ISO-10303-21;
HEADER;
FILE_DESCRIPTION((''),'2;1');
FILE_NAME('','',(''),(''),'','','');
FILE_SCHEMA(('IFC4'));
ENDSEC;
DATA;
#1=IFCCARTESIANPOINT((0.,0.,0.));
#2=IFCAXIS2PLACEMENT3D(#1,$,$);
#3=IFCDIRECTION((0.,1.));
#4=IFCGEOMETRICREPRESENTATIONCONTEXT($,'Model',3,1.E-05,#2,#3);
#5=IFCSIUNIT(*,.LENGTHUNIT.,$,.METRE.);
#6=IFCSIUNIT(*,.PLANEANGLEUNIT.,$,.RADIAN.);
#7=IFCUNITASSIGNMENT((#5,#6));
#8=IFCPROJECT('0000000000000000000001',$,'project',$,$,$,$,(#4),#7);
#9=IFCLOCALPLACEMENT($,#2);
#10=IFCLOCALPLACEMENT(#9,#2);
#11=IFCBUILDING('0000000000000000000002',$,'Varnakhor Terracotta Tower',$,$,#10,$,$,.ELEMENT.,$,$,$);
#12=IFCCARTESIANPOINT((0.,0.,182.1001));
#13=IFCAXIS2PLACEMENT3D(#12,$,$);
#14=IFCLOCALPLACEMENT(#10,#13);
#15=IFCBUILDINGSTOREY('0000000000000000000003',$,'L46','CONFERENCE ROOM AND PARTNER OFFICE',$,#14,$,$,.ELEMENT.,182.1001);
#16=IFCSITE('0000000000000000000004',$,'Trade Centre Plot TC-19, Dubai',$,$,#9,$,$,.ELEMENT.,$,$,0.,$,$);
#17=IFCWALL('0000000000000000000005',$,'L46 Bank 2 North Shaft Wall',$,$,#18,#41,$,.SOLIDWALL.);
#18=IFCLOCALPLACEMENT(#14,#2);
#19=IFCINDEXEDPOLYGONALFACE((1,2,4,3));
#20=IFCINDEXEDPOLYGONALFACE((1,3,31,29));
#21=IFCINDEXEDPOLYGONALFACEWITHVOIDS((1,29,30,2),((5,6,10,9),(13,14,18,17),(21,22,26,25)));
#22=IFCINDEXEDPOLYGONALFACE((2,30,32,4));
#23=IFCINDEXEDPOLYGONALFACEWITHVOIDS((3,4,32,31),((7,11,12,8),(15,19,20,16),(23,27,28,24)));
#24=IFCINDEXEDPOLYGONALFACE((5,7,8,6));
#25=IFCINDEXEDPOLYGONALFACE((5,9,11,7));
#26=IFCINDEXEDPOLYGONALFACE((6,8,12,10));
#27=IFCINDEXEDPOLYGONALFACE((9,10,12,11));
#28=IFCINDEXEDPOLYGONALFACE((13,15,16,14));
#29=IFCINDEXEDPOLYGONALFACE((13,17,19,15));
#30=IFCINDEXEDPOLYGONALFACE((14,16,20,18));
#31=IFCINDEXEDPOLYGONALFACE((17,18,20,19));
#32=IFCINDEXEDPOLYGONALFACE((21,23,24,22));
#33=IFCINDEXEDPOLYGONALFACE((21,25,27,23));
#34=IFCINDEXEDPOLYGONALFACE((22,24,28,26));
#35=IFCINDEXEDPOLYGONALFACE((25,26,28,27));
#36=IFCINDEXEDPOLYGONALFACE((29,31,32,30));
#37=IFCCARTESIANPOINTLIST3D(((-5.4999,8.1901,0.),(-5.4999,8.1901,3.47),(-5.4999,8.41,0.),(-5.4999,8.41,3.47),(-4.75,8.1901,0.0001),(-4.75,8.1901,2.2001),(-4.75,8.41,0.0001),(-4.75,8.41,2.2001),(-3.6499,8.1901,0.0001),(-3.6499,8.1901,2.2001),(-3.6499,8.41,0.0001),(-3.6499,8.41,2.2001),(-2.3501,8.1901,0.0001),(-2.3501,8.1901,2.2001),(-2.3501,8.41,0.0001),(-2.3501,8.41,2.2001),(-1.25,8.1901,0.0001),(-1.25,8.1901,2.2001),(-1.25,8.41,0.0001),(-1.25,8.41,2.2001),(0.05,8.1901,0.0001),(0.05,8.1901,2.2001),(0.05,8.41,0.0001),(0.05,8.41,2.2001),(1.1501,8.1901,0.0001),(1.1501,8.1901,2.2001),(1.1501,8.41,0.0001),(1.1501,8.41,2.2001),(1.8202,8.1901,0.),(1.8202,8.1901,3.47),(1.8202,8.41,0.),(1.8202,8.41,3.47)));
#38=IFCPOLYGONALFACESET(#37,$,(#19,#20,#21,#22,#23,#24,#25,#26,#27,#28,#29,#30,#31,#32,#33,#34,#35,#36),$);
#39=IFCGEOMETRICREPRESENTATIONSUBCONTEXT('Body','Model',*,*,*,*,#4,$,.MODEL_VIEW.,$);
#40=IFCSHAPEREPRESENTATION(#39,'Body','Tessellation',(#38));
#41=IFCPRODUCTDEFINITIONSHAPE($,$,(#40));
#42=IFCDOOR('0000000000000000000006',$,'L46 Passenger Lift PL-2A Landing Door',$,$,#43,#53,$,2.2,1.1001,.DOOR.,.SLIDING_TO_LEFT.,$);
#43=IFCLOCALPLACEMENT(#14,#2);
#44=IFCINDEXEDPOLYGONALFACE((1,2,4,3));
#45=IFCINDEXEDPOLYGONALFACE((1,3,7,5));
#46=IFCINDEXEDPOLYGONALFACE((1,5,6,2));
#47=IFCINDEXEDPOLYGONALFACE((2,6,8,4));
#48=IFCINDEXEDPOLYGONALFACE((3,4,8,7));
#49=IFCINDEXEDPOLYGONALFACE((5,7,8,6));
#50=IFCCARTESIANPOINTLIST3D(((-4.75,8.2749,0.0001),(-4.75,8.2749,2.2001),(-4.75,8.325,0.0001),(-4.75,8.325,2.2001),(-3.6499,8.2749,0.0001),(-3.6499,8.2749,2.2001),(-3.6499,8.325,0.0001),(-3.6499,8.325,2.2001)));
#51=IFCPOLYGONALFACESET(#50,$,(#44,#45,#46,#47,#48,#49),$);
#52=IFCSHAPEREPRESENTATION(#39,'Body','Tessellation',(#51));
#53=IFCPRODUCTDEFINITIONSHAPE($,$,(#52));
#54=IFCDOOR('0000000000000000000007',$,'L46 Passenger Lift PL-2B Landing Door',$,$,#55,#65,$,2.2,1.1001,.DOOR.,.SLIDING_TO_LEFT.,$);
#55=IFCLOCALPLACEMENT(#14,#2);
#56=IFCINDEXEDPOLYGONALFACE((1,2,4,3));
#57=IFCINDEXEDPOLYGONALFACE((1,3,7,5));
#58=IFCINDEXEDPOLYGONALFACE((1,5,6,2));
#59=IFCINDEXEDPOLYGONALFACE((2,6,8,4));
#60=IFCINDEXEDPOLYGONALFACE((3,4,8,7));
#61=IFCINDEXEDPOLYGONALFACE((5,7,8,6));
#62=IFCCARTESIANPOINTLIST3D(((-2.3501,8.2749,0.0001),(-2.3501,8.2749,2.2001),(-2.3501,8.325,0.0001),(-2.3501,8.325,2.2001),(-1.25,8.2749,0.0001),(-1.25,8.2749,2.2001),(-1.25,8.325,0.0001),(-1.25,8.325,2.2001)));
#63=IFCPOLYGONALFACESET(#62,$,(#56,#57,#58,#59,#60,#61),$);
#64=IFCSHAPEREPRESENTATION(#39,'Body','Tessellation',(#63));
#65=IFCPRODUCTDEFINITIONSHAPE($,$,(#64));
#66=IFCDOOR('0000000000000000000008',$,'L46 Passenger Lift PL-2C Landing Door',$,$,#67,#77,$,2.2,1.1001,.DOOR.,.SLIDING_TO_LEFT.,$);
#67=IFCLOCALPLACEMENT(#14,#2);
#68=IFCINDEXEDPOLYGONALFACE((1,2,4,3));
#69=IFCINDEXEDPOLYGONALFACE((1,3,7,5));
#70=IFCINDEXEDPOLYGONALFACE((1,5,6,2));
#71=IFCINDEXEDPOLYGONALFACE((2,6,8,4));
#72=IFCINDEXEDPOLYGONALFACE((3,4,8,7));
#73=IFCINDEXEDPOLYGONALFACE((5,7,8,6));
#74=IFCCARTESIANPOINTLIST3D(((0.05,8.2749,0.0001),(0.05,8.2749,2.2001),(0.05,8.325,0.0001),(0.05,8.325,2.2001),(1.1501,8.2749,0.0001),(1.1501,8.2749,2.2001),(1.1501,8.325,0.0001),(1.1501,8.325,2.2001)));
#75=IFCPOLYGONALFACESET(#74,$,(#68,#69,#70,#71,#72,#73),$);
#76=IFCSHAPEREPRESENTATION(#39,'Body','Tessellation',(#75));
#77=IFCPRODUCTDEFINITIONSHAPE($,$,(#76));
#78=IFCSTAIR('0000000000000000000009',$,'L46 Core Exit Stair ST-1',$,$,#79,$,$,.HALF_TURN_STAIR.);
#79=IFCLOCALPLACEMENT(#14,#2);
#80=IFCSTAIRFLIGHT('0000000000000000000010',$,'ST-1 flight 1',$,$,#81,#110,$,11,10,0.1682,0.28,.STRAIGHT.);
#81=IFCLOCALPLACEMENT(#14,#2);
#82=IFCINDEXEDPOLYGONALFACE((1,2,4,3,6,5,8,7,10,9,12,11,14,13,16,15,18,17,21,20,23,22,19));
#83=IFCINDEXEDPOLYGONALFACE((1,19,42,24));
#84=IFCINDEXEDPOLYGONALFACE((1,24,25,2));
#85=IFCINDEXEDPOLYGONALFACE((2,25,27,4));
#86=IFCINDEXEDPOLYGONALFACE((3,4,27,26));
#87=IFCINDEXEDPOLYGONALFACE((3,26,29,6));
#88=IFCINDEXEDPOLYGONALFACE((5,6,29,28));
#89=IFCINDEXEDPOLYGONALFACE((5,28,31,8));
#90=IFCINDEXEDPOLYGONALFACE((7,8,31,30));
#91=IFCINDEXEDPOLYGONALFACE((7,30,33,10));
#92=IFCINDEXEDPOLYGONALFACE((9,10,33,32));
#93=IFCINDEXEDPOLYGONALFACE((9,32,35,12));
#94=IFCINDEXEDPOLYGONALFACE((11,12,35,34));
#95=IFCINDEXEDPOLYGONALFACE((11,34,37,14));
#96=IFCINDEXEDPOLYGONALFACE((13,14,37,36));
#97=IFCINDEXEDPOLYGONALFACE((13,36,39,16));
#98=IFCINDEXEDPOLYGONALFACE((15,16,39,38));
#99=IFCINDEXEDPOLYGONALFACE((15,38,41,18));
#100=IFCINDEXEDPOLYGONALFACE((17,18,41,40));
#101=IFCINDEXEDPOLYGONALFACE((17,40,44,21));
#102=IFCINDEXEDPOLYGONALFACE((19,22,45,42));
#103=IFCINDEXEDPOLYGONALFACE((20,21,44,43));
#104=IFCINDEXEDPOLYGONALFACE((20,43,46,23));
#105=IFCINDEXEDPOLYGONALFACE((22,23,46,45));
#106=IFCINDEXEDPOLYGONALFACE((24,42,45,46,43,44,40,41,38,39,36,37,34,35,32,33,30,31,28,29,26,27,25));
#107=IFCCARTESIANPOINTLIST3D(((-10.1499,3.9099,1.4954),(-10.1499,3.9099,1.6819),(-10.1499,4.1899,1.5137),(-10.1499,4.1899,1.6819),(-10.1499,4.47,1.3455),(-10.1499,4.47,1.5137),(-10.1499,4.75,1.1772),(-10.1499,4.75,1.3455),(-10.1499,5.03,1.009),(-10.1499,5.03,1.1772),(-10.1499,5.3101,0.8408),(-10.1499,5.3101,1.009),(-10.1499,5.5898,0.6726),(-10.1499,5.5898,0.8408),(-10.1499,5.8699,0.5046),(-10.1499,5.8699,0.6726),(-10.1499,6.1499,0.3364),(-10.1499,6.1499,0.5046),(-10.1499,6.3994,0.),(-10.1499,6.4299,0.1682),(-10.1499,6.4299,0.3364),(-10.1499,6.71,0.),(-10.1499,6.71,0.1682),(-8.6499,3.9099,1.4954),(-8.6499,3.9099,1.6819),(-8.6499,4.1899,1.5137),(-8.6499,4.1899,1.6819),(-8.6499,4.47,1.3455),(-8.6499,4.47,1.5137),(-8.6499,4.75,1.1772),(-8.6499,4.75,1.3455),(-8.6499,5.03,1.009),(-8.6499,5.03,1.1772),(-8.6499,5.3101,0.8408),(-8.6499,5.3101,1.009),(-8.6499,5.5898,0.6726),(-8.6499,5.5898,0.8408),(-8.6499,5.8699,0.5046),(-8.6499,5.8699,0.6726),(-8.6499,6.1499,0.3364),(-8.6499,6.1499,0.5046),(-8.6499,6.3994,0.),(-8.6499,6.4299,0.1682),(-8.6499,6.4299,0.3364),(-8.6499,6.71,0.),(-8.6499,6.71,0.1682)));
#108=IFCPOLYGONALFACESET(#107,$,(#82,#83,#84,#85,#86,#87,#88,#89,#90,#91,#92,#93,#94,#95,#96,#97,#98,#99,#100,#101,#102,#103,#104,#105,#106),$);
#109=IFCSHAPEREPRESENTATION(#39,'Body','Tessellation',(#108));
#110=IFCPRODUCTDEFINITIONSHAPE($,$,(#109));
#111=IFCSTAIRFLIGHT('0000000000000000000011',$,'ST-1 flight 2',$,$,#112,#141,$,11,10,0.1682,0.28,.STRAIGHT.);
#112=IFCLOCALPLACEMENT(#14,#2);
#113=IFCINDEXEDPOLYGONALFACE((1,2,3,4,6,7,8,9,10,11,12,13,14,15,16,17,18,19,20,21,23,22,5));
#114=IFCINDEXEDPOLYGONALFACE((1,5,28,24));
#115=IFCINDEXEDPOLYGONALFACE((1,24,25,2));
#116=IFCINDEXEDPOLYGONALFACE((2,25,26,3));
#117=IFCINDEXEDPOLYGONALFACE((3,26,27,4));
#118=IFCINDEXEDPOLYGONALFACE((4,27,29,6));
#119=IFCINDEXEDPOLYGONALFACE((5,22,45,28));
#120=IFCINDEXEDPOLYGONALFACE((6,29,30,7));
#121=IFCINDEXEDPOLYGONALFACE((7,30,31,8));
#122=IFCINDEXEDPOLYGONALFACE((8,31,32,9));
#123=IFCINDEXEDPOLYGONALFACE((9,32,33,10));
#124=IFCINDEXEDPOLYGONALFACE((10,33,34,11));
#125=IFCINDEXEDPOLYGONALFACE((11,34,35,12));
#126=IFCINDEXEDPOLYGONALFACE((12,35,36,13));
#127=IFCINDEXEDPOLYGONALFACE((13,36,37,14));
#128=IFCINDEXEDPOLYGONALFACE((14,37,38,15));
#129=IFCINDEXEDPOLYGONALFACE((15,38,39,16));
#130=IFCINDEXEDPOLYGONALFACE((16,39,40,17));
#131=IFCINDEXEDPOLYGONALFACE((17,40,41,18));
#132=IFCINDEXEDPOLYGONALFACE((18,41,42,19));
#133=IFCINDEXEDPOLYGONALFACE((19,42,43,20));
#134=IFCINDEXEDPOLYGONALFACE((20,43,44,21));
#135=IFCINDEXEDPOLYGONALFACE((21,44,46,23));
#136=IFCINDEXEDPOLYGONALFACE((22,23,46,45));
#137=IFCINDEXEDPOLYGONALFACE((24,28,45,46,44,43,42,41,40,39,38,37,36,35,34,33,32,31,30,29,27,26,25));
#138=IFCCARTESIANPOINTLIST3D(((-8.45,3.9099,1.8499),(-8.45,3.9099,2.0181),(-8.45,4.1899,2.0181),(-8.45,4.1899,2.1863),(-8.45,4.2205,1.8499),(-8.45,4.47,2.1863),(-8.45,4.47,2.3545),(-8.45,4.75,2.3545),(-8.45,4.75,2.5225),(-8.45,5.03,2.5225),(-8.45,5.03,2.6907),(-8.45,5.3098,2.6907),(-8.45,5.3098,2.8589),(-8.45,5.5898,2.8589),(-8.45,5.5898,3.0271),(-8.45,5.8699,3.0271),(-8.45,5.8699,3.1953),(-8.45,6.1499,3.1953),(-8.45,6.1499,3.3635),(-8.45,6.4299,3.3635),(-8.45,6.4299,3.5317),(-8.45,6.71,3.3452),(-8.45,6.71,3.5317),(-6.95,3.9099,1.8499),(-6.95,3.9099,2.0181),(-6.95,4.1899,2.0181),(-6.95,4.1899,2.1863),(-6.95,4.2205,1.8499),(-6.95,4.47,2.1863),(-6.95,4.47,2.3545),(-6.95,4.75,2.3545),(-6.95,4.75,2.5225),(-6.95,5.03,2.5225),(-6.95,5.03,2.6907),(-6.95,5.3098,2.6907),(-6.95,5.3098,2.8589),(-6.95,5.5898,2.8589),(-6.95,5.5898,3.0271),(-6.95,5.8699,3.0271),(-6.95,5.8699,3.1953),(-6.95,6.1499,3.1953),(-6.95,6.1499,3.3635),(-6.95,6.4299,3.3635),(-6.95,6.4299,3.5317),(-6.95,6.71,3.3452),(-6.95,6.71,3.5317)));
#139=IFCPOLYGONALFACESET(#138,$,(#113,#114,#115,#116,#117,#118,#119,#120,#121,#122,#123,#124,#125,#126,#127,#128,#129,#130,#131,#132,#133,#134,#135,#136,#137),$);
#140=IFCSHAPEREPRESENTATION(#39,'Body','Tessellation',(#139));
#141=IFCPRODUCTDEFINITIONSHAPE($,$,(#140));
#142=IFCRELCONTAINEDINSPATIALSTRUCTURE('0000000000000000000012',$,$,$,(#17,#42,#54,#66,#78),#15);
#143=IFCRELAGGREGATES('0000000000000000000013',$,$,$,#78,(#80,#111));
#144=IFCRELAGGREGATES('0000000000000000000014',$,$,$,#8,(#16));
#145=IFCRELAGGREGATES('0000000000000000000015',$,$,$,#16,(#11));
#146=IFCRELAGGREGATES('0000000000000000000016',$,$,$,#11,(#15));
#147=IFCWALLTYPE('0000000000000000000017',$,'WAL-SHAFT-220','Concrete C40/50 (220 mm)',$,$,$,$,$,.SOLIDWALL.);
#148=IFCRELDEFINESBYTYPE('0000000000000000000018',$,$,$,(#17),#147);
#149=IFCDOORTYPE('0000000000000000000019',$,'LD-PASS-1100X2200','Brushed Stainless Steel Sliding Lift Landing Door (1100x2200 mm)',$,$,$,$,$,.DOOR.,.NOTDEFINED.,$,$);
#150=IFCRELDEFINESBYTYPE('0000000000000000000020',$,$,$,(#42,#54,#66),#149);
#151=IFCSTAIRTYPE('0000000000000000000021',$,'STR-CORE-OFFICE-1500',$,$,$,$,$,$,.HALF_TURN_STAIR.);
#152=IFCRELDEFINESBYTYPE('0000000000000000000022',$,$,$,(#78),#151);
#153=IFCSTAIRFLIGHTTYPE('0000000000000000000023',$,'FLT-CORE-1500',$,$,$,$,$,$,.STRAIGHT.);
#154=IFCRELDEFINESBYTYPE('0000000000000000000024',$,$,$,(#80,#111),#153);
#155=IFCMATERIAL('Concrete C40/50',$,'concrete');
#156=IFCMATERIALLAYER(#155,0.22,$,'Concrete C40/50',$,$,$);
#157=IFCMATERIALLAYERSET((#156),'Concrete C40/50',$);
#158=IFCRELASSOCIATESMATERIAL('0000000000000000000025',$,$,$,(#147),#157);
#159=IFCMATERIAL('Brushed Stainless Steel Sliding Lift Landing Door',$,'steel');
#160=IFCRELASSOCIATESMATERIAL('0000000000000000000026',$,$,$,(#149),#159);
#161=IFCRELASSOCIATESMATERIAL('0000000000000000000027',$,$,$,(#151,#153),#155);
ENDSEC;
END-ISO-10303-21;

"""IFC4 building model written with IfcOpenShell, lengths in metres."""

from ifc_helpers import new_model, si_unit, direction, frame, frame_2d, origin, place, context, subcontext, project, spatial, polyline, rectangle, outline, extrude, source, transform, mapped, material, layer, layer_set, type_object, type_shapes, element, fill, aggregate, save


model = new_model("IFC4")

# Units and contexts
model_context = context("Model", 3, precision=1e-05, world=origin(), true_north=direction((0.0, 1.0)))
body_context = subcontext(model_context, "Body", "Model", "MODEL_VIEW")
ifc_project = project(units=[si_unit("LENGTHUNIT", "METRE"), si_unit("PLANEANGLEUNIT", "RADIAN")], contexts=[model_context])

# Site, building, storey
site_placement = place(None, origin())
site = spatial("IfcSite", under=ifc_project, at=site_placement, Name="Trade Centre Plot TC-19, Dubai", CompositionType="ELEMENT", RefElevation=0.0)
building_placement = place(site_placement, origin())
building = spatial("IfcBuilding", under=site, at=building_placement, Name="Varnakhor Terracotta Tower", CompositionType="ELEMENT")
storey_placement = place(building_placement, frame((0.0, 0.0, 182.1001)))
storey = spatial("IfcBuildingStorey", under=building, at=storey_placement, Name="L46", Description="CONFERENCE ROOM AND PARTNER OFFICE", CompositionType="ELEMENT", Elevation=182.1001)

# Shared definitions
ifc_material_1 = material(Name="Concrete C40/50", Category="concrete")

# Shared definitions
ifc_layer_1 = layer(ifc_material_1, 0.22, Name="Concrete C40/50")
ifc_layer_set_1 = layer_set([ifc_layer_1], Name="Concrete C40/50")
wall_type_1 = type_object("IfcWallType", Name="WAL-SHAFT-220", Description="Concrete C40/50 (220 mm)", PredefinedType="SOLIDWALL", material=ifc_layer_set_1)

# Wall, openings, doors
wall_1_placement = place(storey_placement, frame((-5.5, 8.3, 0.0), z_axis=(0.0, 0.0, 1.0), x_axis=(1.0, 0.0, 0.0)))
wall_1 = element("IfcWall", 1, at=wall_1_placement, inside=storey, type_object=wall_type_1, Name="L46 Bank 2 North Shaft Wall", PredefinedType="SOLIDWALL", context=body_context, shape_type="SweptSolid", body=[
    extrude(rectangle(XDim=7.3201, YDim=0.22, at=frame_2d((3.6602, 0.0))), origin(), (0.0, 0.0, 1.0), 3.47),
])
opening_1_placement = place(wall_1_placement, frame((0.75, 0.0, 0.0)))
opening_1 = element("IfcOpeningElement", 2, at=opening_1_placement, cuts=wall_1, PredefinedType="OPENING", context=body_context, shape_type="SweptSolid", body=[
    extrude(rectangle(XDim=1.1001, YDim=2.2, at=frame_2d((0.55, 1.1001))), frame((0.0, 0.1201, 0.0), z_axis=(0.0, -1.0, 0.0), x_axis=(1.0, 0.0, 0.0)), (0.0, 0.0, 1.0), 0.24),
])
opening_2_placement = place(wall_1_placement, frame((3.1499, 0.0, 0.0)))
opening_2 = element("IfcOpeningElement", 3, at=opening_2_placement, cuts=wall_1, PredefinedType="OPENING", context=body_context, shape_type="SweptSolid", body=[
    extrude(rectangle(XDim=1.1001, YDim=2.2, at=frame_2d((0.55, 1.1001))), frame((0.0, 0.1201, 0.0), z_axis=(0.0, -1.0, 0.0), x_axis=(1.0, 0.0, 0.0)), (0.0, 0.0, 1.0), 0.24),
])
opening_3_placement = place(wall_1_placement, frame((5.55, 0.0, 0.0)))
opening_3 = element("IfcOpeningElement", 4, at=opening_3_placement, cuts=wall_1, PredefinedType="OPENING", context=body_context, shape_type="SweptSolid", body=[
    extrude(rectangle(XDim=1.1001, YDim=2.2, at=frame_2d((0.55, 1.1001))), frame((0.0, 0.1201, 0.0), z_axis=(0.0, -1.0, 0.0), x_axis=(1.0, 0.0, 0.0)), (0.0, 0.0, 1.0), 0.24),
])
ifc_material_2 = material(Name="Brushed Stainless Steel Sliding Lift Landing Door", Category="steel")
door_type_1 = type_object("IfcDoorType", Name="LD-PASS-1100X2200", Description="Brushed Stainless Steel Sliding Lift Landing Door (1100x2200 mm)", OperationType="NOTDEFINED", PredefinedType="DOOR", material=ifc_material_2)
shared_shape_1 = source(origin(), body_context, "Body", "SweptSolid", [
    extrude(rectangle(XDim=1.1001, YDim=2.2, at=frame_2d((0.55, 1.1001))), frame((0.0, 0.0249, 0.0), z_axis=(0.0, -1.0, 0.0), x_axis=(1.0, 0.0, 0.0)), (0.0, 0.0, 1.0), 0.05),
])
type_shapes(door_type_1, [shared_shape_1])
door_1_placement = place(opening_1_placement, origin())
door_1 = element("IfcDoor", 5, at=door_1_placement, inside=storey, type_object=door_type_1, Name="L46 Passenger Lift PL-2A Landing Door", OperationType="SLIDING_TO_LEFT", OverallHeight=2.2, OverallWidth=1.1001, PredefinedType="DOOR", context=body_context, shape_type="MappedRepresentation", body=[
    mapped(shared_shape_1, transform((0.0, 0.0, 0.0), scale=1.0)),
])
fill(opening_1, door_1)
door_2_placement = place(opening_2_placement, origin())
door_2 = element("IfcDoor", 6, at=door_2_placement, inside=storey, type_object=door_type_1, Name="L46 Passenger Lift PL-2B Landing Door", OperationType="SLIDING_TO_LEFT", OverallHeight=2.2, OverallWidth=1.1001, PredefinedType="DOOR", context=body_context, shape_type="MappedRepresentation", body=[
    mapped(shared_shape_1, transform((0.0, 0.0, 0.0), scale=1.0)),
])
fill(opening_2, door_2)
door_3_placement = place(opening_3_placement, origin())
door_3 = element("IfcDoor", 7, at=door_3_placement, inside=storey, type_object=door_type_1, Name="L46 Passenger Lift PL-2C Landing Door", OperationType="SLIDING_TO_LEFT", OverallHeight=2.2, OverallWidth=1.1001, PredefinedType="DOOR", context=body_context, shape_type="MappedRepresentation", body=[
    mapped(shared_shape_1, transform((0.0, 0.0, 0.0), scale=1.0)),
])
fill(opening_3, door_3)

# Stair, stair flights
stair_type = type_object("IfcStairType", Name="STR-CORE-OFFICE-1500", PredefinedType="HALF_TURN_STAIR", material=ifc_material_1)
stair_placement = place(storey_placement, origin())
stair = element("IfcStair", 8, at=stair_placement, inside=storey, type_object=stair_type, Name="L46 Core Exit Stair ST-1", PredefinedType="HALF_TURN_STAIR")
stair_flight_type = type_object("IfcStairFlightType", Name="FLT-CORE-1500", PredefinedType="STRAIGHT", material=ifc_material_1)
stair_flight_1_placement = place(storey_placement, frame((-9.3999, 6.71, 0.0), z_axis=(0.0, 0.0, 1.0), x_axis=(0.0, -1.0, 0.0)))
stair_flight_1 = element("IfcStairFlight", 9, at=stair_flight_1_placement, type_object=stair_flight_type, Name="ST-1 flight 1", NumberOfRisers=11, NumberOfTreads=10, PredefinedType="STRAIGHT", RiserHeight=0.1682, TreadLength=0.28, context=body_context, shape_type="SweptSolid", body=[
    extrude(outline(polyline([(0.0, 0.0), (0.0, 0.1682), (0.28, 0.1682), (0.28, 0.3364), (0.5601, 0.3364), (0.5601, 0.5046), (0.8401, 0.5046), (0.8401, 0.6726), (1.1201, 0.6726), (1.1201, 0.8408), (1.3999, 0.8408), (1.3999, 1.009), (1.6799, 1.009), (1.6799, 1.1772), (1.96, 1.1772), (1.96, 1.3455), (2.24, 1.3455), (2.24, 1.5137), (2.52, 1.5137), (2.52, 1.6819), (2.8, 1.6819), (2.8, 1.8501), (2.8, 1.4954), (0.3105, 0.0), (0.0, 0.0)])), frame((0.0, 0.75, 0.0), z_axis=(0.0, -1.0, 0.0), x_axis=(1.0, 0.0, 0.0)), (0.0, 0.0, 1.0), 1.5),
])
stair_flight_2_placement = place(storey_placement, frame((-7.7, 3.9099, 1.8499), z_axis=(0.0, 0.0, 1.0), x_axis=(0.0, 1.0, 0.0)))
stair_flight_2 = element("IfcStairFlight", 10, at=stair_flight_2_placement, type_object=stair_flight_type, Name="ST-1 flight 2", NumberOfRisers=11, NumberOfTreads=10, PredefinedType="STRAIGHT", RiserHeight=0.1682, TreadLength=0.28, context=body_context, shape_type="SweptSolid", body=[
    extrude(outline(polyline([(0.0, 0.0), (0.0, 0.1682), (0.28, 0.1682), (0.28, 0.3364), (0.5601, 0.3364), (0.5601, 0.5046), (0.8401, 0.5046), (0.8401, 0.6726), (1.1201, 0.6726), (1.1201, 0.8408), (1.3999, 0.8408), (1.3999, 1.009), (1.6799, 1.009), (1.6799, 1.1772), (1.96, 1.1772), (1.96, 1.3455), (2.24, 1.3455), (2.24, 1.5137), (2.52, 1.5137), (2.52, 1.6819), (2.8, 1.6819), (2.8, 1.8501), (2.8, 1.4954), (0.3105, 0.0), (0.0, 0.0)])), frame((0.0, 0.75, 0.0), z_axis=(0.0, -1.0, 0.0), x_axis=(1.0, 0.0, 0.0)), (0.0, 0.0, 1.0), 1.5),
])
aggregate(stair, [stair_flight_1, stair_flight_2])

save(model, "model.ifc")
